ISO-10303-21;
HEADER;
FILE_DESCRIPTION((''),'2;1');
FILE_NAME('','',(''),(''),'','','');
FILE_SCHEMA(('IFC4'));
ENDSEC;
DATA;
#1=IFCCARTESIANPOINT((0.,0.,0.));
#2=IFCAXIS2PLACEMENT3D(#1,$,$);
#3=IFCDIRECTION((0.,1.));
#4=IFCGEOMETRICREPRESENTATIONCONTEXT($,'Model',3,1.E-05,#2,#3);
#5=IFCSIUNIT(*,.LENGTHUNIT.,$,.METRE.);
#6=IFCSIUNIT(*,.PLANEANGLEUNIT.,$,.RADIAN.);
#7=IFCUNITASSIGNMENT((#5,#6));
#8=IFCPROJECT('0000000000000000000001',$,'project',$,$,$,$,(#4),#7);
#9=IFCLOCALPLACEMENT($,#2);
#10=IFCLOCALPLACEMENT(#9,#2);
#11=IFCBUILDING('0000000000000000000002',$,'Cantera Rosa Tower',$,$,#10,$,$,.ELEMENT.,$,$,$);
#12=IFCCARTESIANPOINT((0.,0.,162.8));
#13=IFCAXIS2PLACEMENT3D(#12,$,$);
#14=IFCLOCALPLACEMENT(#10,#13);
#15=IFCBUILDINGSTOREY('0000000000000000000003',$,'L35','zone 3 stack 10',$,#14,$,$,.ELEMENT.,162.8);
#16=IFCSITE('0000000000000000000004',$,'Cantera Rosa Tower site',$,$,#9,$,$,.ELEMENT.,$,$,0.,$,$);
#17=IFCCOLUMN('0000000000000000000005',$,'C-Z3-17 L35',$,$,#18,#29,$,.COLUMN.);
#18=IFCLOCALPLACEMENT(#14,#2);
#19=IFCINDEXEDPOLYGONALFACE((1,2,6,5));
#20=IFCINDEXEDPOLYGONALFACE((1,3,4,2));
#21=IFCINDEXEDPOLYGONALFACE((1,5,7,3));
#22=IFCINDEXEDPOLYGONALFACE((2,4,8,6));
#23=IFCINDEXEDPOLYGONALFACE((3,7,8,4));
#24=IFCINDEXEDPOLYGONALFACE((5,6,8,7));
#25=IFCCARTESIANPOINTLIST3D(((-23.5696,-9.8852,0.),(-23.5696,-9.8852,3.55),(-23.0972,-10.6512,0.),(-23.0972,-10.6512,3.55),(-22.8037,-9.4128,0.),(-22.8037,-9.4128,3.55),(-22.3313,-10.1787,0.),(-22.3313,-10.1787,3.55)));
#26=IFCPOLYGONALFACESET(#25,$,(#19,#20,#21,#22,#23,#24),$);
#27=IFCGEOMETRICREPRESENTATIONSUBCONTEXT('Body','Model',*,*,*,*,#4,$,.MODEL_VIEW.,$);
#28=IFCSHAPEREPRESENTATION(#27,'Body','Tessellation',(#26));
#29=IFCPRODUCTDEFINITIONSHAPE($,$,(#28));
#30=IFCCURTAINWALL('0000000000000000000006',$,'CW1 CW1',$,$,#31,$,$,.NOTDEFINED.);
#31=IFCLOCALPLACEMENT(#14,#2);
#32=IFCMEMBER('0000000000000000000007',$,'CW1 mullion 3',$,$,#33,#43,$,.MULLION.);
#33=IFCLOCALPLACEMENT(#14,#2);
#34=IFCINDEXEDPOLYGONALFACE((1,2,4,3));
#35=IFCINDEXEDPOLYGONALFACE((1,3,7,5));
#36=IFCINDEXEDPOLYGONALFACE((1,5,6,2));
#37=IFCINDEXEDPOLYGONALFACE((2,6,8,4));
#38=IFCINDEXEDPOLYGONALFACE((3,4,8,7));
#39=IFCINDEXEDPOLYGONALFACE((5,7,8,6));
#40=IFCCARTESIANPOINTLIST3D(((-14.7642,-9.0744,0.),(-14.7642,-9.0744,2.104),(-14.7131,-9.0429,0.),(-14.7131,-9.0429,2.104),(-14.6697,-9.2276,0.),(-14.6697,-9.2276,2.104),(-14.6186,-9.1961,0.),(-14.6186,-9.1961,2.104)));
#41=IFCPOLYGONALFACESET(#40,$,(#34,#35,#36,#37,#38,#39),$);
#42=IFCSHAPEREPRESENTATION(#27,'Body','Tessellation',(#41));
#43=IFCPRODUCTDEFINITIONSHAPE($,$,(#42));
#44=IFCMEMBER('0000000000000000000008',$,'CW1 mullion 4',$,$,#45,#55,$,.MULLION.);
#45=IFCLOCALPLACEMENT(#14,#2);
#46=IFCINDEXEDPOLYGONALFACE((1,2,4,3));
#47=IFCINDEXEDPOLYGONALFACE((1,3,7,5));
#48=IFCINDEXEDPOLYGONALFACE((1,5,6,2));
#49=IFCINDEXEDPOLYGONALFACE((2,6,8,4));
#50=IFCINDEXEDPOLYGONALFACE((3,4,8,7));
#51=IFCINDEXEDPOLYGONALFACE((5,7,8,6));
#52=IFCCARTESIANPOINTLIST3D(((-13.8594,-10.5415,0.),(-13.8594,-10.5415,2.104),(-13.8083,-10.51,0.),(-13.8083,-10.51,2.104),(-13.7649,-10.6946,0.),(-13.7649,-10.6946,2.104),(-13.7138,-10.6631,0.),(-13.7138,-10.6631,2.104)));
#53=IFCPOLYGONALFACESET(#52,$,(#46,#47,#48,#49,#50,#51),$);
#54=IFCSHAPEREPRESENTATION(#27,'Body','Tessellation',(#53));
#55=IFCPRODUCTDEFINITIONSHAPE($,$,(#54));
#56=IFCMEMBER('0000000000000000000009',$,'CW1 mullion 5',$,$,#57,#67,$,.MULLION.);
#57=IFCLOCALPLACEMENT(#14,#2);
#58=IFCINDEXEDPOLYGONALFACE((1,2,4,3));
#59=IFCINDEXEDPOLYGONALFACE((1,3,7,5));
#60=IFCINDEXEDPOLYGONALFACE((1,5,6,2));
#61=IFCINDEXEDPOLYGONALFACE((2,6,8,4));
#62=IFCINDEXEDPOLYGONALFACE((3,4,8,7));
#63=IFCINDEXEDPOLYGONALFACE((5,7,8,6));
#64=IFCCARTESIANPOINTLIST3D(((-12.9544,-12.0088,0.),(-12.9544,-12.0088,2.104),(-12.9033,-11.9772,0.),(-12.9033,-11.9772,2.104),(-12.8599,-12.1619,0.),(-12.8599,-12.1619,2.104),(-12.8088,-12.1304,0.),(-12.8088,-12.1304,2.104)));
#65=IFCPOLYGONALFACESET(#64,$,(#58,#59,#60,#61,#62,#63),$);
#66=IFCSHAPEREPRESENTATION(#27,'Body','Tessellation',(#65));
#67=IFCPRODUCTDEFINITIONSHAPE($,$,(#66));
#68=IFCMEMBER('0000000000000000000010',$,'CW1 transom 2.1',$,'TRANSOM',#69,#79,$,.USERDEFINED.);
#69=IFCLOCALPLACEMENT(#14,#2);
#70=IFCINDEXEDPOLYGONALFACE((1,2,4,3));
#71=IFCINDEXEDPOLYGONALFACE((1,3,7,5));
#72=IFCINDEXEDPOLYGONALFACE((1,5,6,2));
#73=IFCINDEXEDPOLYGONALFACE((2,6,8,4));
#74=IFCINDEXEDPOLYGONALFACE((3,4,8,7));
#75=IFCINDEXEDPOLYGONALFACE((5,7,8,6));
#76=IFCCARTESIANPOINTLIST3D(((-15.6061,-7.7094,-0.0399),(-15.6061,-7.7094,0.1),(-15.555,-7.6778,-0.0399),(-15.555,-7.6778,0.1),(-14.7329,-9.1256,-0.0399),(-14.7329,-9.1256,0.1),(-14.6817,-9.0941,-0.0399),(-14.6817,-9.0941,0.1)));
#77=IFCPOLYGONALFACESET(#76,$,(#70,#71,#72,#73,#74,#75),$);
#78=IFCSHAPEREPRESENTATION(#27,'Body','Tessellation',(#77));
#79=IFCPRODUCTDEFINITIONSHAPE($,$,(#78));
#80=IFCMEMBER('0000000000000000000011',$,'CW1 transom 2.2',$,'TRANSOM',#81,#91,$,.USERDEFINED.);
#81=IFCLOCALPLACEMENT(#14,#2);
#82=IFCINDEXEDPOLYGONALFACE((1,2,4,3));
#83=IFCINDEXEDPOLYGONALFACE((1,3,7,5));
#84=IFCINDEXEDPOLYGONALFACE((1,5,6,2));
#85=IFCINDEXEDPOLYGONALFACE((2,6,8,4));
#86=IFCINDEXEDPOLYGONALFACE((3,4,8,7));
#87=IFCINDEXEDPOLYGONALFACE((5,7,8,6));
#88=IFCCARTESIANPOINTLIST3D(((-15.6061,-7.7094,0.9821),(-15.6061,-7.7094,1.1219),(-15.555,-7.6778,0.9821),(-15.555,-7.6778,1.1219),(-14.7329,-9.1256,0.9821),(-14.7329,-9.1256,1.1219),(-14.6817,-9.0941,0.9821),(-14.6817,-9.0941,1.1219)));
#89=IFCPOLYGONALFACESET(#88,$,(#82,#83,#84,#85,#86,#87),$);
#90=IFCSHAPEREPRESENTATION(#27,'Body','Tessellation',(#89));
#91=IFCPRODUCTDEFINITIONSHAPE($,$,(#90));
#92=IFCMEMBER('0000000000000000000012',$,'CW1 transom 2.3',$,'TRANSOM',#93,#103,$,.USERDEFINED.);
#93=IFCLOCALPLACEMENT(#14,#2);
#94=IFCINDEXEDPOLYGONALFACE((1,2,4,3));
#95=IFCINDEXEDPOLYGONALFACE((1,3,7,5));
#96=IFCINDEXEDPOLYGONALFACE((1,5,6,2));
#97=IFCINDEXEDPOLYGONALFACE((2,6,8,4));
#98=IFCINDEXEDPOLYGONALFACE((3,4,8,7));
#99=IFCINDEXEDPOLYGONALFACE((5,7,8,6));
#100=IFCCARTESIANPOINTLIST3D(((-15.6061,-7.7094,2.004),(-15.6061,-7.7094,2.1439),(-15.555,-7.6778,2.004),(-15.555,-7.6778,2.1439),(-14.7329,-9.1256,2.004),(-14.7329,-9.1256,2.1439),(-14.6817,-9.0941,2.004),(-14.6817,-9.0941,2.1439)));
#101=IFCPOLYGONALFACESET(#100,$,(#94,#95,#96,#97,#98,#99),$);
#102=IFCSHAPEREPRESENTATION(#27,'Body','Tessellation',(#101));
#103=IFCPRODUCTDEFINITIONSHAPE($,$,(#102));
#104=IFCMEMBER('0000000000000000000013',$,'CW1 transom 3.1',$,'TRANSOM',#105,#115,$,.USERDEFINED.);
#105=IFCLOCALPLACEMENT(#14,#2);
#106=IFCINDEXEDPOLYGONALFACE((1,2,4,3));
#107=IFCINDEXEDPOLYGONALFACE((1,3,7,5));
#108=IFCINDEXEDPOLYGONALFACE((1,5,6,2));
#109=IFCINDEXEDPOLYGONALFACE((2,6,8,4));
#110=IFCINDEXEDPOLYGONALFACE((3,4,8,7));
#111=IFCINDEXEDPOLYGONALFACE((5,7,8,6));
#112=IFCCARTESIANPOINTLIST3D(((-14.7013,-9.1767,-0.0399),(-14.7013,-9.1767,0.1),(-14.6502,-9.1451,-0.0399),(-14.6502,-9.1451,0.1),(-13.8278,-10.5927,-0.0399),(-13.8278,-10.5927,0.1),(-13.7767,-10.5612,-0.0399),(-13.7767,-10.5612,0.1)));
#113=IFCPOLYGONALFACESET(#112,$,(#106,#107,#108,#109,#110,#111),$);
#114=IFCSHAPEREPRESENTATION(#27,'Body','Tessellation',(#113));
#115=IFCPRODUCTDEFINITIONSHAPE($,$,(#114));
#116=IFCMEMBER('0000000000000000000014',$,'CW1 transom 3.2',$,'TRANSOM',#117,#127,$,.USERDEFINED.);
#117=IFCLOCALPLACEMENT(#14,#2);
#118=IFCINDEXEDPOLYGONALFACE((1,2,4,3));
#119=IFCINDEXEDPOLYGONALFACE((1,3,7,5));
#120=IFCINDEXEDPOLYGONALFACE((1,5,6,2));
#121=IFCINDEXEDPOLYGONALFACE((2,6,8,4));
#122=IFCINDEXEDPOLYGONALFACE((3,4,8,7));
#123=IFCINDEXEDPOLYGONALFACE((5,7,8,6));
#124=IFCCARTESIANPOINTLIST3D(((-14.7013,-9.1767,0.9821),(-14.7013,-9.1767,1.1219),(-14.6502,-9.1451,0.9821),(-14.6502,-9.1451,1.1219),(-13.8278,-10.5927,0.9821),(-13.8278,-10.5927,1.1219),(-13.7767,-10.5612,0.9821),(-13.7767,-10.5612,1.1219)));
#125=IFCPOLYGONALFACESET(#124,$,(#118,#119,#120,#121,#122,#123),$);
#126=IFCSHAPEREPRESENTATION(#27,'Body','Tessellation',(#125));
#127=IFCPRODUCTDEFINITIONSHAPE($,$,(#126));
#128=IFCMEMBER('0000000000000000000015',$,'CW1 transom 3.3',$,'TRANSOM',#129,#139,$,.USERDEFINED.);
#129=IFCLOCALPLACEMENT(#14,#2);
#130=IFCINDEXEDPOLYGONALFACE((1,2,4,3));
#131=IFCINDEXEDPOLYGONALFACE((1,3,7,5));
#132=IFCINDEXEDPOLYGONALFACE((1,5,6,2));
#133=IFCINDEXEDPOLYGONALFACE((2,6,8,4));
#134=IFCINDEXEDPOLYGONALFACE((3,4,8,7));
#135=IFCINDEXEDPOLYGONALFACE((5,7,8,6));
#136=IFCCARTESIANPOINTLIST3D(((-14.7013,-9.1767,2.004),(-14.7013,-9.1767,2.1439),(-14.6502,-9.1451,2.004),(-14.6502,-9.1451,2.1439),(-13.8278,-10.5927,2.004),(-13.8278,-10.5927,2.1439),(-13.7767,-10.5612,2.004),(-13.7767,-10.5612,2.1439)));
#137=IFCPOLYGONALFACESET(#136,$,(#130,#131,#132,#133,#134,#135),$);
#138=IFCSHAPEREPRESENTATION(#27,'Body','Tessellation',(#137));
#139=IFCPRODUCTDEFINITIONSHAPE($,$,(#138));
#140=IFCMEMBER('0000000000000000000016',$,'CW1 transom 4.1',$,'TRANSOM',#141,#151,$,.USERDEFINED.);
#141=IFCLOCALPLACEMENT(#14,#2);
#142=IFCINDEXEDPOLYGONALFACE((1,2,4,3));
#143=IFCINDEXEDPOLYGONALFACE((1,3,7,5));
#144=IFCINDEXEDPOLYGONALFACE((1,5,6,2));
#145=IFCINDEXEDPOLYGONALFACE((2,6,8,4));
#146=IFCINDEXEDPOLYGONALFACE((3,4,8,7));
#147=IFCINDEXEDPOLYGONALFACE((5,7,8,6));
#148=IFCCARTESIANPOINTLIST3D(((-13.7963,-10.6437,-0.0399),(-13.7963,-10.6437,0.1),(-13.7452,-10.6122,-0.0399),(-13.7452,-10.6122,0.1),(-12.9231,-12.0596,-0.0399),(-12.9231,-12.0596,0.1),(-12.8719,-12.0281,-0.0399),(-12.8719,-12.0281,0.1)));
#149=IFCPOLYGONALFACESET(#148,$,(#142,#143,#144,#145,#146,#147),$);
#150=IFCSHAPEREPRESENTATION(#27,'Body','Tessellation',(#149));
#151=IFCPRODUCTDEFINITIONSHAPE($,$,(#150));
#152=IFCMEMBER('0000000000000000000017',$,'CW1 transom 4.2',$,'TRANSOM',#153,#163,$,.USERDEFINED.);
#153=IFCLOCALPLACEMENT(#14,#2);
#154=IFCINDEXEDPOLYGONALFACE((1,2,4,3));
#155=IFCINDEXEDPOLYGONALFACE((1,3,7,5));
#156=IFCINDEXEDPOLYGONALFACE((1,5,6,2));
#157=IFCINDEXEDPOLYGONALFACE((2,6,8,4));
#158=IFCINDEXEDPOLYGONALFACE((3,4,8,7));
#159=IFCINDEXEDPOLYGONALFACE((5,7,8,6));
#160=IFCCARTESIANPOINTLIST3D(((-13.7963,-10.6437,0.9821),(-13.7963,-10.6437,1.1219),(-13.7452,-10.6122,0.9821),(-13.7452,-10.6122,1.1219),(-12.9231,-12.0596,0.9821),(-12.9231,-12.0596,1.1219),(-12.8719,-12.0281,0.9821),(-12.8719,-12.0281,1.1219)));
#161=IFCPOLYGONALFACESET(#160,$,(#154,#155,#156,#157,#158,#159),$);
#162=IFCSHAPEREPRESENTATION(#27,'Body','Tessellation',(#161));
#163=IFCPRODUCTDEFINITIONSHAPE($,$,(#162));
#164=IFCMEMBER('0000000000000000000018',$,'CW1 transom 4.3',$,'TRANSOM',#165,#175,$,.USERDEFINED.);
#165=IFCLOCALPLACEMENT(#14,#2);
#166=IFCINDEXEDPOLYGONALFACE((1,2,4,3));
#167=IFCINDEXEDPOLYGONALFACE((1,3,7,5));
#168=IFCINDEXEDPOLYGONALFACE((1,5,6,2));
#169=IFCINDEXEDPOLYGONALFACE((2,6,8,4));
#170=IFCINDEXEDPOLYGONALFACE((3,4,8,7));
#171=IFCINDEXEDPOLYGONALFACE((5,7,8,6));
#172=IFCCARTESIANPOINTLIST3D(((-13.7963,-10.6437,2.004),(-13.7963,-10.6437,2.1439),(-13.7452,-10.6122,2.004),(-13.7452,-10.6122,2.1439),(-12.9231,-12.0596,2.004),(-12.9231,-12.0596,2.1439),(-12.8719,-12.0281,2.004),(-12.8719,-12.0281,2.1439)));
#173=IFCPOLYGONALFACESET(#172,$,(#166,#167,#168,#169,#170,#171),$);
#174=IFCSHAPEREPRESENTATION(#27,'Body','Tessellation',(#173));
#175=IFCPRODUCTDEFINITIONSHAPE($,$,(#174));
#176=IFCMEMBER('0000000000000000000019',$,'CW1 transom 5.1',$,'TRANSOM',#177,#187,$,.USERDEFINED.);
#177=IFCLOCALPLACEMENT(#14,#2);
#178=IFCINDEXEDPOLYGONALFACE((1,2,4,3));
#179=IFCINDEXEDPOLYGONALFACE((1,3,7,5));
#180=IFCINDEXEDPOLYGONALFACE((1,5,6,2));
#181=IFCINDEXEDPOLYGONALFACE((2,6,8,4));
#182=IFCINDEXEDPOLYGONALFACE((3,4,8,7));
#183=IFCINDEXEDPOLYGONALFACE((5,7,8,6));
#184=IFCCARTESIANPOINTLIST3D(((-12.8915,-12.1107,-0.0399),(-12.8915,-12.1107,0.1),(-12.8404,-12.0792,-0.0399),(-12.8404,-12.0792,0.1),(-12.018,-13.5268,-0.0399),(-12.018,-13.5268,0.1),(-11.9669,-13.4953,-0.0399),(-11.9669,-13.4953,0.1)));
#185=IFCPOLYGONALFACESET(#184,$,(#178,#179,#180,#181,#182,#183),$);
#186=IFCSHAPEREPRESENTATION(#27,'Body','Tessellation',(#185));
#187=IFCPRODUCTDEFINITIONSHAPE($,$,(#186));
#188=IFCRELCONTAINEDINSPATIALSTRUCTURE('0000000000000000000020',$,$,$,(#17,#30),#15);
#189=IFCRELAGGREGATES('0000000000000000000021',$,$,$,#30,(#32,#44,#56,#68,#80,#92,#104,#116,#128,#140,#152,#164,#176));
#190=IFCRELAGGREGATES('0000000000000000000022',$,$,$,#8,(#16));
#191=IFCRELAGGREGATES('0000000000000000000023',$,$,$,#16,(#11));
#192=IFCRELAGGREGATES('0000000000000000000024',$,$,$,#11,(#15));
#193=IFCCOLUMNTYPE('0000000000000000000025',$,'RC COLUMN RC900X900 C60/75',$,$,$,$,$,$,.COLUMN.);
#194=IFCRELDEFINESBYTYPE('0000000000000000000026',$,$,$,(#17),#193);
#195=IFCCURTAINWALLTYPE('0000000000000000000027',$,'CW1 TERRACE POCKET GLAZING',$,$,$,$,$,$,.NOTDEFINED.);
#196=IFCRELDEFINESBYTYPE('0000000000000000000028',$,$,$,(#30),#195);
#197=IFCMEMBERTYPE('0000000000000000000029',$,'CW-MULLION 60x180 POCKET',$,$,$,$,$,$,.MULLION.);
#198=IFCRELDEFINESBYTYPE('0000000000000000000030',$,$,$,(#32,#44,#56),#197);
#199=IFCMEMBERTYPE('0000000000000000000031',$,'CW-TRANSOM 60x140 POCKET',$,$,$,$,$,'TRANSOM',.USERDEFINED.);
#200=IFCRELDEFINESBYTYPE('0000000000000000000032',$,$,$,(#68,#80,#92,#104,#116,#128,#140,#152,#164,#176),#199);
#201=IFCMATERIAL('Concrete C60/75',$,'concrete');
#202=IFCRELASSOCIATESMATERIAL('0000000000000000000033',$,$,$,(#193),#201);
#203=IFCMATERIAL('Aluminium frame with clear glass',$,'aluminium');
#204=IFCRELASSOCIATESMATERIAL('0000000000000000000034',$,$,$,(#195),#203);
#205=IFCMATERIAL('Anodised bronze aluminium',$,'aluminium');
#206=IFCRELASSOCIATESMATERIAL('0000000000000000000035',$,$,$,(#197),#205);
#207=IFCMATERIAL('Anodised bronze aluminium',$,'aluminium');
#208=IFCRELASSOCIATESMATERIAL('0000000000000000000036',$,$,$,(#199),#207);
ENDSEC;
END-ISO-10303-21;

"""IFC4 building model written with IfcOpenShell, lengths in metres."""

from ifc_helpers import new_model, si_unit, direction, frame, origin, origin_2d, place, context, subcontext, project, spatial, rectangle, extrude, material, material_profile, profile_set, type_object, element, aggregate, save


model = new_model("IFC4")

# Units and contexts
model_context = context("Model", 3, precision=1e-05, world=origin(), true_north=direction((0.0, 1.0)))
body_context = subcontext(model_context, "Body", "Model", "MODEL_VIEW")
ifc_project = project(units=[si_unit("LENGTHUNIT", "METRE"), si_unit("PLANEANGLEUNIT", "RADIAN")], contexts=[model_context])

# Site, building, storey
site_placement = place(None, origin())
site = spatial("IfcSite", under=ifc_project, at=site_placement, Name="Cantera Rosa Tower site", CompositionType="ELEMENT", RefElevation=0.0)
building_placement = place(site_placement, origin())
building = spatial("IfcBuilding", under=site, at=building_placement, Name="Cantera Rosa Tower", CompositionType="ELEMENT")
storey_placement = place(building_placement, frame((0.0, 0.0, 162.8)))
storey = spatial("IfcBuildingStorey", under=building, at=storey_placement, Name="L35", Description="zone 3 stack 10", CompositionType="ELEMENT", Elevation=162.8)

# Column
ifc_material_1 = material(Name="Concrete C60/75", Category="concrete")
ifc_material_profile_1 = material_profile(ifc_material_1, rectangle(XDim=0.8999, YDim=0.8999, at=origin_2d()), Name="RC COLUMN RC900X900 C60/75")
ifc_profile_set_1 = profile_set([ifc_material_profile_1], Name="Concrete C60/75")
column_type = type_object("IfcColumnType", Name="RC COLUMN RC900X900 C60/75", PredefinedType="COLUMN", material=ifc_profile_set_1)
column_placement = place(storey_placement, frame((-22.9504, -10.032, 0.0), z_axis=(0.0, 0.0, 1.0), x_axis=(0.851117, 0.524977, 0.0)))
element("IfcColumn", 1, at=column_placement, inside=storey, type_object=column_type, Name="C-Z3-17 L35", PredefinedType="COLUMN", context=body_context, shape_type="SweptSolid", body=[
    extrude(rectangle(XDim=0.8999, YDim=0.8999, at=origin_2d()), origin(), (0.0, 0.0, 1.0), 3.55),
])

# Curtain wall, members
ifc_material_2 = material(Name="Aluminium frame with clear glass", Category="aluminium")
curtain_wall_type = type_object("IfcCurtainWallType", Name="CW1 TERRACE POCKET GLAZING", PredefinedType="NOTDEFINED", material=ifc_material_2)
curtain_wall_placement = place(storey_placement, origin())
curtain_wall = element("IfcCurtainWall", 2, at=curtain_wall_placement, inside=storey, type_object=curtain_wall_type, Name="CW1 CW1", PredefinedType="NOTDEFINED")
ifc_material_3 = material(Name="Anodised bronze aluminium", Category="aluminium")
ifc_material_profile_2 = material_profile(ifc_material_3, rectangle(XDim=0.0601, YDim=0.1799, at=origin_2d()), Name="CW-MULLION 60x180 POCKET")
ifc_profile_set_2 = profile_set([ifc_material_profile_2], Name="Anodised bronze aluminium")
member_type_1 = type_object("IfcMemberType", Name="CW-MULLION 60x180 POCKET", PredefinedType="MULLION", material=ifc_profile_set_2)
member_1_placement = place(storey_placement, frame((-14.6914, -9.1353, 0.0), z_axis=(0.0, 0.0, 1.0), x_axis=(0.851117, 0.524977, 0.0)))
member_1 = element("IfcMember", 3, at=member_1_placement, type_object=member_type_1, Name="CW1 mullion 3", PredefinedType="MULLION", context=body_context, shape_type="SweptSolid", body=[
    extrude(rectangle(XDim=0.0601, YDim=0.1799, at=origin_2d()), origin(), (0.0, 0.0, 1.0), 2.104),
])
member_2_placement = place(storey_placement, frame((-13.7866, -10.6023, 0.0), z_axis=(0.0, 0.0, 1.0), x_axis=(0.851117, 0.524977, 0.0)))
member_2 = element("IfcMember", 4, at=member_2_placement, type_object=member_type_1, Name="CW1 mullion 4", PredefinedType="MULLION", context=body_context, shape_type="SweptSolid", body=[
    extrude(rectangle(XDim=0.0601, YDim=0.1799, at=origin_2d()), origin(), (0.0, 0.0, 1.0), 2.104),
])
member_3_placement = place(storey_placement, frame((-12.8816, -12.0696, 0.0), z_axis=(0.0, 0.0, 1.0), x_axis=(0.851117, 0.524977, 0.0)))
member_3 = element("IfcMember", 5, at=member_3_placement, type_object=member_type_1, Name="CW1 mullion 5", PredefinedType="MULLION", context=body_context, shape_type="SweptSolid", body=[
    extrude(rectangle(XDim=0.0601, YDim=0.1799, at=origin_2d()), origin(), (0.0, 0.0, 1.0), 2.104),
])
ifc_material_4 = material(Name="Anodised bronze aluminium", Category="aluminium")
ifc_material_profile_3 = material_profile(ifc_material_4, rectangle(XDim=0.0601, YDim=0.1399, at=origin_2d()), Name="CW-TRANSOM 60x140 POCKET")
ifc_profile_set_3 = profile_set([ifc_material_profile_3], Name="Anodised bronze aluminium")
member_type_2 = type_object("IfcMemberType", Name="CW-TRANSOM 60x140 POCKET", ElementType="TRANSOM", PredefinedType="USERDEFINED", material=ifc_profile_set_3)
member_4_placement = place(storey_placement, frame((-15.5806, -7.6936, 0.03), z_axis=(0.524859, -0.851189, 0.0), x_axis=(0.851189, 0.524859, 0.0)))
member_4 = element("IfcMember", 6, at=member_4_placement, type_object=member_type_2, Name="CW1 transom 2.1", ObjectType="TRANSOM", PredefinedType="USERDEFINED", context=body_context, shape_type="SweptSolid", body=[
    extrude(rectangle(XDim=0.0601, YDim=0.1399, at=origin_2d()), origin(), (0.0, 0.0, 1.0), 1.6638),
])
member_5_placement = place(storey_placement, frame((-15.5806, -7.6936, 1.052), z_axis=(0.524859, -0.851189, 0.0), x_axis=(0.851189, 0.524859, 0.0)))
member_5 = element("IfcMember", 7, at=member_5_placement, type_object=member_type_2, Name="CW1 transom 2.2", ObjectType="TRANSOM", PredefinedType="USERDEFINED", context=body_context, shape_type="SweptSolid", body=[
    extrude(rectangle(XDim=0.0601, YDim=0.1399, at=origin_2d()), origin(), (0.0, 0.0, 1.0), 1.6638),
])
member_6_placement = place(storey_placement, frame((-15.5806, -7.6936, 2.074), z_axis=(0.524859, -0.851189, 0.0), x_axis=(0.851189, 0.524859, 0.0)))
member_6 = element("IfcMember", 8, at=member_6_placement, type_object=member_type_2, Name="CW1 transom 2.3", ObjectType="TRANSOM", PredefinedType="USERDEFINED", context=body_context, shape_type="SweptSolid", body=[
    extrude(rectangle(XDim=0.0601, YDim=0.1399, at=origin_2d()), origin(), (0.0, 0.0, 1.0), 1.6638),
])
member_7_placement = place(storey_placement, frame((-14.6758, -9.1609, 0.03), z_axis=(0.52503, -0.851083, 0.0), x_axis=(0.851083, 0.52503, 0.0)))
member_7 = element("IfcMember", 9, at=member_7_placement, type_object=member_type_2, Name="CW1 transom 3.1", ObjectType="TRANSOM", PredefinedType="USERDEFINED", context=body_context, shape_type="SweptSolid", body=[
    extrude(rectangle(XDim=0.0601, YDim=0.1399, at=origin_2d()), origin(), (0.0, 0.0, 1.0), 1.6638),
])
member_8_placement = place(storey_placement, frame((-14.6758, -9.1609, 1.052), z_axis=(0.52503, -0.851083, 0.0), x_axis=(0.851083, 0.52503, 0.0)))
member_8 = element("IfcMember", 10, at=member_8_placement, type_object=member_type_2, Name="CW1 transom 3.2", ObjectType="TRANSOM", PredefinedType="USERDEFINED", context=body_context, shape_type="SweptSolid", body=[
    extrude(rectangle(XDim=0.0601, YDim=0.1399, at=origin_2d()), origin(), (0.0, 0.0, 1.0), 1.6638),
])
member_9_placement = place(storey_placement, frame((-14.6758, -9.1609, 2.074), z_axis=(0.52503, -0.851083, 0.0), x_axis=(0.851083, 0.52503, 0.0)))
member_9 = element("IfcMember", 11, at=member_9_placement, type_object=member_type_2, Name="CW1 transom 3.3", ObjectType="TRANSOM", PredefinedType="USERDEFINED", context=body_context, shape_type="SweptSolid", body=[
    extrude(rectangle(XDim=0.0601, YDim=0.1399, at=origin_2d()), origin(), (0.0, 0.0, 1.0), 1.6638),
])
member_10_placement = place(storey_placement, frame((-13.7708, -10.6279, 0.03), z_axis=(0.524924, -0.851149, 0.0), x_axis=(0.851149, 0.524924, 0.0)))
member_10 = element("IfcMember", 12, at=member_10_placement, type_object=member_type_2, Name="CW1 transom 4.1", ObjectType="TRANSOM", PredefinedType="USERDEFINED", context=body_context, shape_type="SweptSolid", body=[
    extrude(rectangle(XDim=0.0601, YDim=0.1399, at=origin_2d()), origin(), (0.0, 0.0, 1.0), 1.6636),
])
member_11_placement = place(storey_placement, frame((-13.7708, -10.6279, 1.052), z_axis=(0.524924, -0.851149, 0.0), x_axis=(0.851149, 0.524924, 0.0)))
member_11 = element("IfcMember", 13, at=member_11_placement, type_object=member_type_2, Name="CW1 transom 4.2", ObjectType="TRANSOM", PredefinedType="USERDEFINED", context=body_context, shape_type="SweptSolid", body=[
    extrude(rectangle(XDim=0.0601, YDim=0.1399, at=origin_2d()), origin(), (0.0, 0.0, 1.0), 1.6636),
])
member_12_placement = place(storey_placement, frame((-13.7708, -10.6279, 2.074), z_axis=(0.524924, -0.851149, 0.0), x_axis=(0.851149, 0.524924, 0.0)))
member_12 = element("IfcMember", 14, at=member_12_placement, type_object=member_type_2, Name="CW1 transom 4.3", ObjectType="TRANSOM", PredefinedType="USERDEFINED", context=body_context, shape_type="SweptSolid", body=[
    extrude(rectangle(XDim=0.0601, YDim=0.1399, at=origin_2d()), origin(), (0.0, 0.0, 1.0), 1.6636),
])
member_13_placement = place(storey_placement, frame((-12.866, -12.095, 0.03), z_axis=(0.52503, -0.851083, 0.0), x_axis=(0.851083, 0.52503, 0.0)))
member_13 = element("IfcMember", 15, at=member_13_placement, type_object=member_type_2, Name="CW1 transom 5.1", ObjectType="TRANSOM", PredefinedType="USERDEFINED", context=body_context, shape_type="SweptSolid", body=[
    extrude(rectangle(XDim=0.0601, YDim=0.1399, at=origin_2d()), origin(), (0.0, 0.0, 1.0), 1.6638),
])

aggregate(curtain_wall, [member_1, member_2, member_3, member_4, member_5, member_6, member_7, member_8, member_9, member_10, member_11, member_12, member_13])

save(model, "model.ifc")
